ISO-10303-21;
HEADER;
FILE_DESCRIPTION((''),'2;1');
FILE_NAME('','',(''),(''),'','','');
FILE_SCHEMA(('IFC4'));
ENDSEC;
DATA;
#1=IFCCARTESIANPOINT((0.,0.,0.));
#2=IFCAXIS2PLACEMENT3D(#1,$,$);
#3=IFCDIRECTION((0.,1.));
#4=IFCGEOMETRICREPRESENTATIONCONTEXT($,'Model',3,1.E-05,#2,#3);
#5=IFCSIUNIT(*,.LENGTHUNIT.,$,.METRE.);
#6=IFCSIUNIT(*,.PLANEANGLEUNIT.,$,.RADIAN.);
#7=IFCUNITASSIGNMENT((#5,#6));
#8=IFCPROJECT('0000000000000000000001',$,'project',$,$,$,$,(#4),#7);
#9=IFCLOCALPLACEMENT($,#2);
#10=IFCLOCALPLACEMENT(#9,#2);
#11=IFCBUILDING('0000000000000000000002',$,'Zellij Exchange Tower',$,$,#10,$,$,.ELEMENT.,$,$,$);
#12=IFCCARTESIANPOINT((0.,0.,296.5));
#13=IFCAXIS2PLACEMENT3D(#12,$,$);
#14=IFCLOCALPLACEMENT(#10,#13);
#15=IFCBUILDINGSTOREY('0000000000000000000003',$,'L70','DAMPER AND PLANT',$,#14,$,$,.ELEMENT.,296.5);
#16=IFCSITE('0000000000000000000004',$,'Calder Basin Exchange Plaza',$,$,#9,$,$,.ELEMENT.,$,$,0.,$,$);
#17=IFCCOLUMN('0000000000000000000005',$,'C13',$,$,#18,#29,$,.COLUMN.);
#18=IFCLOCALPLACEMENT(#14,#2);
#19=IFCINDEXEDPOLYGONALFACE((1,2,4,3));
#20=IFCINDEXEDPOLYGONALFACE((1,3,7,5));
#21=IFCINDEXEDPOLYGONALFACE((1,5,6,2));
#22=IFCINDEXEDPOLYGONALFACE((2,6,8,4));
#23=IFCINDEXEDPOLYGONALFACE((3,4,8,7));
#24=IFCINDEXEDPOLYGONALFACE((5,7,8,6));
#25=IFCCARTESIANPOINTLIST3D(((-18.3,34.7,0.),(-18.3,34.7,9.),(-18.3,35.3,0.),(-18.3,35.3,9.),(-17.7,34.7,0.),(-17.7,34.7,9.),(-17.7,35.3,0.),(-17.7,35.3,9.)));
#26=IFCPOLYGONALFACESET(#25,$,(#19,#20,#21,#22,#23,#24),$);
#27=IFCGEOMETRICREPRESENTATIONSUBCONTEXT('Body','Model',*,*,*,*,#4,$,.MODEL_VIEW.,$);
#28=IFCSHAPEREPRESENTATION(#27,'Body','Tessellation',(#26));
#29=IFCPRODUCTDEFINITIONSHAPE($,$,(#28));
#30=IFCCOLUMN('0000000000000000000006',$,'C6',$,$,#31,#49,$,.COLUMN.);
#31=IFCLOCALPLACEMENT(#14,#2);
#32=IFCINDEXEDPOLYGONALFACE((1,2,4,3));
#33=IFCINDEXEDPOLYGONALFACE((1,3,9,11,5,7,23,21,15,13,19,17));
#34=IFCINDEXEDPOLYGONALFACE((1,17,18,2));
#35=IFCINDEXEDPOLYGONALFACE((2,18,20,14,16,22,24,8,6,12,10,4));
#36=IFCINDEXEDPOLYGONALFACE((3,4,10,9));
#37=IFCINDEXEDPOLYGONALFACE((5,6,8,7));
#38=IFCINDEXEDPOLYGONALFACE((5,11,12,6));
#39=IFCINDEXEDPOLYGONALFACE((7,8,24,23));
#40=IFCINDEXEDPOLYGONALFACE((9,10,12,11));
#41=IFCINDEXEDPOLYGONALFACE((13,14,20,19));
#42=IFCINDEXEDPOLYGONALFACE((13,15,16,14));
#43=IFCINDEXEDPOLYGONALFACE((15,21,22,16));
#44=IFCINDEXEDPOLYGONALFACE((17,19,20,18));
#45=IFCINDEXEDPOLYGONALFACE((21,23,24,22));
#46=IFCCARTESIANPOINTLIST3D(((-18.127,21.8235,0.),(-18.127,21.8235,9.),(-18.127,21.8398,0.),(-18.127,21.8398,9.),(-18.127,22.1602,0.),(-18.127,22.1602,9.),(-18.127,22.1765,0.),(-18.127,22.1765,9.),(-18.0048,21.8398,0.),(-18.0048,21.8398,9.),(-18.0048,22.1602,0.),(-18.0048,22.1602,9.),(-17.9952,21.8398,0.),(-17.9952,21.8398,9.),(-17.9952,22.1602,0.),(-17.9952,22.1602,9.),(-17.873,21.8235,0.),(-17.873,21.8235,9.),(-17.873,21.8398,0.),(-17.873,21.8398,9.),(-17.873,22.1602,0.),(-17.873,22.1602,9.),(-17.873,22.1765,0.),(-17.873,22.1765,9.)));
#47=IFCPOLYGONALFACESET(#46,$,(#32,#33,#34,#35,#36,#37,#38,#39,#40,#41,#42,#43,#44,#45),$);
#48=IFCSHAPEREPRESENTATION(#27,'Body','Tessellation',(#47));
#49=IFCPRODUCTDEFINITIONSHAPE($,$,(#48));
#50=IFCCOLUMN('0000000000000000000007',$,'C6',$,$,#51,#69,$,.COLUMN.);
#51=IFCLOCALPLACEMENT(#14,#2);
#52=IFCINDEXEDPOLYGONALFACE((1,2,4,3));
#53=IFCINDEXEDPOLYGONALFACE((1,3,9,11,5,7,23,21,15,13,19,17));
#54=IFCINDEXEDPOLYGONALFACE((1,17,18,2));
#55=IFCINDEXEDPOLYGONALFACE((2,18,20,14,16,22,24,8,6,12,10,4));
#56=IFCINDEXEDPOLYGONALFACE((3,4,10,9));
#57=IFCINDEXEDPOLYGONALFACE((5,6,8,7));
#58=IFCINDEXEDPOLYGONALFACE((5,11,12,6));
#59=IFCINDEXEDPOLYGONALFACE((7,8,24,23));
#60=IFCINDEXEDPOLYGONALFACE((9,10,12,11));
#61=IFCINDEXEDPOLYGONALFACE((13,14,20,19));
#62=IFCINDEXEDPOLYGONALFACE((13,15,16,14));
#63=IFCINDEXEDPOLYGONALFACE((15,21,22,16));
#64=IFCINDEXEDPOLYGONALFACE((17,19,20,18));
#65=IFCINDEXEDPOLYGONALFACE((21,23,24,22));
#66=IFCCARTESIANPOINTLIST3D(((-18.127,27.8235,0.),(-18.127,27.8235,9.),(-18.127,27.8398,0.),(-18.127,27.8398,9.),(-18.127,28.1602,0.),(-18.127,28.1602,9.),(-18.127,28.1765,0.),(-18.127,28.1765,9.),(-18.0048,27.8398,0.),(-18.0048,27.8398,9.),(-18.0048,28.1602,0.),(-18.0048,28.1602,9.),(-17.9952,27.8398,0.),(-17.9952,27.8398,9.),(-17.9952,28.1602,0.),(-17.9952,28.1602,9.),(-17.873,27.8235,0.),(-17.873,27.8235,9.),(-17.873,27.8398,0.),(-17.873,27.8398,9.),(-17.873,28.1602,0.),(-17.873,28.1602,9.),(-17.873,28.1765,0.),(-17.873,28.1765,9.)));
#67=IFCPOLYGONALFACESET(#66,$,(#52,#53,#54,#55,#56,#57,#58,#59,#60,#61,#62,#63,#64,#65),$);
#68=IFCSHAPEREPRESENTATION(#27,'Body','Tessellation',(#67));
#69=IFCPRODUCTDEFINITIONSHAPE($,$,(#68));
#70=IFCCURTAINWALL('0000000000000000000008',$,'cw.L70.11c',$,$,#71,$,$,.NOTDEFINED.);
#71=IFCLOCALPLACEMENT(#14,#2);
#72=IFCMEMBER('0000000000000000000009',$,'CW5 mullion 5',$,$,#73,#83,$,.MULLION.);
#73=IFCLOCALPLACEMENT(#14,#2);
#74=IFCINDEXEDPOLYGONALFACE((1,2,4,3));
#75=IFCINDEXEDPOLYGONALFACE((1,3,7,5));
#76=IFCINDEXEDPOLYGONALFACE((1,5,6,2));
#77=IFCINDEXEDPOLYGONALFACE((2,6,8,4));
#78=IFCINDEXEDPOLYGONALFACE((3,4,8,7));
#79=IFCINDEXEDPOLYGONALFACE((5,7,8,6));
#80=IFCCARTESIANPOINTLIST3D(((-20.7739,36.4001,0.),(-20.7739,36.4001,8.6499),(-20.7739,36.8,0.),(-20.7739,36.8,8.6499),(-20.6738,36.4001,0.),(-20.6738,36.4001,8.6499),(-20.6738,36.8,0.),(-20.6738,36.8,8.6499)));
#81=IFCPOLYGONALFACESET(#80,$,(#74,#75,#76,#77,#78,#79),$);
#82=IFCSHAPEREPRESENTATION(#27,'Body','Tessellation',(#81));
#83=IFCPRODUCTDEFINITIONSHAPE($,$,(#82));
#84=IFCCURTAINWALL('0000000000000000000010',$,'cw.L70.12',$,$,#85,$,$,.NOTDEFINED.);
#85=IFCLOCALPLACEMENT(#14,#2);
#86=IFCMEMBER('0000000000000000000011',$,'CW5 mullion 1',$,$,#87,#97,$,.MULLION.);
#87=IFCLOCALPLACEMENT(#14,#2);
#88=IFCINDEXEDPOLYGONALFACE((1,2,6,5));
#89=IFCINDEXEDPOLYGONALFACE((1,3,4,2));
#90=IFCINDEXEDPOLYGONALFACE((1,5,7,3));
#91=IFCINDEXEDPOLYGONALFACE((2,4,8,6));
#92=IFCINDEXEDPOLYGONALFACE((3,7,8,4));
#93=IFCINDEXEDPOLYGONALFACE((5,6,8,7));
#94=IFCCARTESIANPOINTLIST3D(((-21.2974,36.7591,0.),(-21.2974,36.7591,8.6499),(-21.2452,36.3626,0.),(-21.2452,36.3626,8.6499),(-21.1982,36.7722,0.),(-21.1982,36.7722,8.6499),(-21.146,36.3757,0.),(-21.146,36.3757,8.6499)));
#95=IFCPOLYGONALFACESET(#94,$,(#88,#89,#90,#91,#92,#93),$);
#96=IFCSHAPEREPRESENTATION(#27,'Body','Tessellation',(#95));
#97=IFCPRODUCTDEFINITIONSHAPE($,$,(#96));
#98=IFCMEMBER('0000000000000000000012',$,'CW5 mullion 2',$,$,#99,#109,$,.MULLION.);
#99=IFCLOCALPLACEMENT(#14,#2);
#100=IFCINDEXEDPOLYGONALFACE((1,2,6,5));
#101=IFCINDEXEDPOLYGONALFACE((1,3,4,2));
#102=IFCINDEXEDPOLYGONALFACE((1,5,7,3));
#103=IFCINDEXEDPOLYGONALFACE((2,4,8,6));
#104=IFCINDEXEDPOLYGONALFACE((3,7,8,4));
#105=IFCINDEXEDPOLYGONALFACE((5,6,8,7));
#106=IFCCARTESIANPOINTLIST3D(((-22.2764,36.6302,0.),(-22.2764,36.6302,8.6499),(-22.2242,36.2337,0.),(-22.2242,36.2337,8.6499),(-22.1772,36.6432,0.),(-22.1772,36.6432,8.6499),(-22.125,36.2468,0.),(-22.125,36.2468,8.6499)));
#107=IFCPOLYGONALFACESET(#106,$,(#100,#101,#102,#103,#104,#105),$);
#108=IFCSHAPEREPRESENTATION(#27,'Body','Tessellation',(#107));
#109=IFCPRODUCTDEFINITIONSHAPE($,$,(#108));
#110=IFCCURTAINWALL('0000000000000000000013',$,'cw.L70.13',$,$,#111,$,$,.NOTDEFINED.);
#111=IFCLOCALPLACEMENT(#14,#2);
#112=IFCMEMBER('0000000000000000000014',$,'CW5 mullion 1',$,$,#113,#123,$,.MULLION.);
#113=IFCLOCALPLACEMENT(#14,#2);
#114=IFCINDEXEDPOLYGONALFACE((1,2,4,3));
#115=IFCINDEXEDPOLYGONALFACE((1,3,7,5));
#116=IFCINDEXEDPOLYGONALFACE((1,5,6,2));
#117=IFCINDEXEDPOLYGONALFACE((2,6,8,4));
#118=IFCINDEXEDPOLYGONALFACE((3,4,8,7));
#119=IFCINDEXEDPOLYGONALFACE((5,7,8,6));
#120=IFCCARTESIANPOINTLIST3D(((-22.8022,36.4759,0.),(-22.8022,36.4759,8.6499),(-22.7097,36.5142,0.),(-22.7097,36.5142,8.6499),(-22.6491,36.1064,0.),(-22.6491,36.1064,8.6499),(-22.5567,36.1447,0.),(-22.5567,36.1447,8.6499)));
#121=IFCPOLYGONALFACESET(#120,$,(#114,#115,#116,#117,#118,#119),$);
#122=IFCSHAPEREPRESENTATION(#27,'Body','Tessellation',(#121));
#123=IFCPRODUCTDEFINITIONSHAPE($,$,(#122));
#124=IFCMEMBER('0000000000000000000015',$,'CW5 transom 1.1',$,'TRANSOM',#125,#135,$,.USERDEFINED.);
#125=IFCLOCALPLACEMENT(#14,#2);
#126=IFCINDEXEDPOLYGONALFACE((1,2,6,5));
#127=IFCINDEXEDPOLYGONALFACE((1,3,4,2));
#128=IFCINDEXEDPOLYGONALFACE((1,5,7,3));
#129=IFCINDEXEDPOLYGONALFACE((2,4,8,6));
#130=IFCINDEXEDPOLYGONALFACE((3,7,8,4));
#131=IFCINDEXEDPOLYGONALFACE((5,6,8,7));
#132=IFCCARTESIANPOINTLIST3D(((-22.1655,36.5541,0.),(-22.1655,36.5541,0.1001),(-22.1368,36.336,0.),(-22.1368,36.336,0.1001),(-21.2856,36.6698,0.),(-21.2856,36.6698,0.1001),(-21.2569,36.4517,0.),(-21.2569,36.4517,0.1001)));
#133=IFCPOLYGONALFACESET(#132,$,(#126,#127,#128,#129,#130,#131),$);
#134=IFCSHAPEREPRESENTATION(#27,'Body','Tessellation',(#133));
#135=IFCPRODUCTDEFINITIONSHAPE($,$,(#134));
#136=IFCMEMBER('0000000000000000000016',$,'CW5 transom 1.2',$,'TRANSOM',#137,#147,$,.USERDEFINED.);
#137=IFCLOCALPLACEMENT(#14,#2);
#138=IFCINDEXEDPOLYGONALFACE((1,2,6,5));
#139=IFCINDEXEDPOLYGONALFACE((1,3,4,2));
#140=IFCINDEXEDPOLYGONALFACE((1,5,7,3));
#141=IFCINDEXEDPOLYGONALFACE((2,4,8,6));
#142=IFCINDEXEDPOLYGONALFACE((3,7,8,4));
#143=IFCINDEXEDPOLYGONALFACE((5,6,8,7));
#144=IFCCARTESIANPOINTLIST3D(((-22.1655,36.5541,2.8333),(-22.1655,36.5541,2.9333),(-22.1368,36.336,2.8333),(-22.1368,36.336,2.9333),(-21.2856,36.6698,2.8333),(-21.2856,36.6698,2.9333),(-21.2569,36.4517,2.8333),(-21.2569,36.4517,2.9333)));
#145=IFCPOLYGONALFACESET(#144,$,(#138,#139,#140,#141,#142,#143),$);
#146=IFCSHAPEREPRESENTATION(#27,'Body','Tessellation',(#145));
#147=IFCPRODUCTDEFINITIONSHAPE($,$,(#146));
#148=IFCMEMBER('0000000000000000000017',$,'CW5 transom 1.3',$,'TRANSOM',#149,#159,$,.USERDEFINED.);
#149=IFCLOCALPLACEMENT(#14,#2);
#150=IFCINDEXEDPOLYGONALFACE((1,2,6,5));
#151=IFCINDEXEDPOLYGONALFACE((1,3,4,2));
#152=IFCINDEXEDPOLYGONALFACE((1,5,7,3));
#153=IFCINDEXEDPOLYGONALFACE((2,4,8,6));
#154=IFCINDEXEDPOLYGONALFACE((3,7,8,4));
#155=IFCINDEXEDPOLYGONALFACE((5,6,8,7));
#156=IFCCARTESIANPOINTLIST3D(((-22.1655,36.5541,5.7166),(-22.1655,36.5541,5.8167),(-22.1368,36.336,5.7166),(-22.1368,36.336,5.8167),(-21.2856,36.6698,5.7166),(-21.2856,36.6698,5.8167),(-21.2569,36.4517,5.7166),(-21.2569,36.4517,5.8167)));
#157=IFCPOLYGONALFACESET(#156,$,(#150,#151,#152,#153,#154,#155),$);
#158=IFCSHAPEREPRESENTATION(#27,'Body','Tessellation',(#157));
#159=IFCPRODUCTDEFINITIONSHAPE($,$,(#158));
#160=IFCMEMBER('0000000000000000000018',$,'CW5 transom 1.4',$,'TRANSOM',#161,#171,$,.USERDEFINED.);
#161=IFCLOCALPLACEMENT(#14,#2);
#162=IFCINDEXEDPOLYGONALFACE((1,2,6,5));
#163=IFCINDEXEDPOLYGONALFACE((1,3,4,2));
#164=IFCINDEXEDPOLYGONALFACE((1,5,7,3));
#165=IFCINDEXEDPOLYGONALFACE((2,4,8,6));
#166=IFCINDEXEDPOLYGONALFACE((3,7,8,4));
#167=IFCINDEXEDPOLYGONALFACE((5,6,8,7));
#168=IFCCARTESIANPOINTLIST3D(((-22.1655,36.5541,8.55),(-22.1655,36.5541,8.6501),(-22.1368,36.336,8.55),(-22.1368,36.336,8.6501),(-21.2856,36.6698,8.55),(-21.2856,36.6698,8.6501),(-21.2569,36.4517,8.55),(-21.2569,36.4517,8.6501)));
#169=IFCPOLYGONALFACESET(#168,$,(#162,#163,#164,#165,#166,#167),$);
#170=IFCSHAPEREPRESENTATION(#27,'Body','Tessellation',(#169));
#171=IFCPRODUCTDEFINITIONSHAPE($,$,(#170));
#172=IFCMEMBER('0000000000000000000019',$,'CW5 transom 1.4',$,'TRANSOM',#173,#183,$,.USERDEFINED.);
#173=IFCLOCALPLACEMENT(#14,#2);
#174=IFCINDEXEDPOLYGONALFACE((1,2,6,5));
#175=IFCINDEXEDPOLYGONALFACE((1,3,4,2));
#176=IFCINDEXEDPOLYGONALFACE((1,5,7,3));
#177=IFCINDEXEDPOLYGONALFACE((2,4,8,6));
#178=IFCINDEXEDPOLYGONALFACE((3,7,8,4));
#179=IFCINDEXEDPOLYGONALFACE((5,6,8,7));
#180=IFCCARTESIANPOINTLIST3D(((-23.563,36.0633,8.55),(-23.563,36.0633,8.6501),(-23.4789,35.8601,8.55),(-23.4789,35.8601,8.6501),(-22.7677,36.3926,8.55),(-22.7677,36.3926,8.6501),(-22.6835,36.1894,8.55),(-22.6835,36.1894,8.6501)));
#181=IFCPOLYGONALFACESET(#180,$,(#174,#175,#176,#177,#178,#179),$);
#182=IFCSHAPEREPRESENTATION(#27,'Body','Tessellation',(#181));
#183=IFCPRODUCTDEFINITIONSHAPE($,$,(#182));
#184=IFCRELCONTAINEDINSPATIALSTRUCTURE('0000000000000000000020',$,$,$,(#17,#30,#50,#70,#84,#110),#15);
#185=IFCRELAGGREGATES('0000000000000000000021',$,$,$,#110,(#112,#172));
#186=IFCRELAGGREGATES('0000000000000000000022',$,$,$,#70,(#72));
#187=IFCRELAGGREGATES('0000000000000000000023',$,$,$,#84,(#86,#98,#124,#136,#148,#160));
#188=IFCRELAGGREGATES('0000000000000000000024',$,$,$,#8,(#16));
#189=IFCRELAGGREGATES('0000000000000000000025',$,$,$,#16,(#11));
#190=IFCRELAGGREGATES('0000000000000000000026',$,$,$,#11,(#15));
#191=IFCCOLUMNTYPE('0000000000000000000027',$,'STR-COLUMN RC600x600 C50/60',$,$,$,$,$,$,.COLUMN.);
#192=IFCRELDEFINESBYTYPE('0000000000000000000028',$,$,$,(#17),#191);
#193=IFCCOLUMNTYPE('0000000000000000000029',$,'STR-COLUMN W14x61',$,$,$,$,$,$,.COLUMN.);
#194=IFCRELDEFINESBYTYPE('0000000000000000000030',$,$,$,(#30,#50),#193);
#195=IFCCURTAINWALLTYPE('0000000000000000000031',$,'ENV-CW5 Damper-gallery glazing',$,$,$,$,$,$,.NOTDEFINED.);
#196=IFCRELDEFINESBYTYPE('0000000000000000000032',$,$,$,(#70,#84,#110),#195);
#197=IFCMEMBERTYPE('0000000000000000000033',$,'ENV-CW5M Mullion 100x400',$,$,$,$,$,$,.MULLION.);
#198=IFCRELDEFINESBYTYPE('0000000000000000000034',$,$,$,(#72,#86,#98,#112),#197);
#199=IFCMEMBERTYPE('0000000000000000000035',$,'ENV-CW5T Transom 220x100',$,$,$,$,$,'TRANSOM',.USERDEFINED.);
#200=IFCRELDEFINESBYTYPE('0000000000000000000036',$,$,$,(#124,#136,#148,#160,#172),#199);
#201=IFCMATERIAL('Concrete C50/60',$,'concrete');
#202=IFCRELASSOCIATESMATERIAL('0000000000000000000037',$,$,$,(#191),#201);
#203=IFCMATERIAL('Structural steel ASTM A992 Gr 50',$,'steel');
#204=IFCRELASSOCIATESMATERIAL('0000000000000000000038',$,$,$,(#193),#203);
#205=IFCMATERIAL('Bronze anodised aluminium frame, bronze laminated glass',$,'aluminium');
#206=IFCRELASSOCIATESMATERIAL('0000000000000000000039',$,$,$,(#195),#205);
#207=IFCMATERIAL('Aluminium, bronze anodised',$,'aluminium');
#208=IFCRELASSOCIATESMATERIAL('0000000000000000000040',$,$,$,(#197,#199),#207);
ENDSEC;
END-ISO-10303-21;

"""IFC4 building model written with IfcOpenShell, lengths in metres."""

from ifc_helpers import new_model, si_unit, direction, frame, origin, origin_2d, place, context, subcontext, project, spatial, rectangle, i_section, extrude, material, material_profile, profile_set, type_object, element, aggregate, save


model = new_model("IFC4")

# Units and contexts
model_context = context("Model", 3, precision=1e-05, world=origin(), true_north=direction((0.0, 1.0)))
body_context = subcontext(model_context, "Body", "Model", "MODEL_VIEW")
ifc_project = project(units=[si_unit("LENGTHUNIT", "METRE"), si_unit("PLANEANGLEUNIT", "RADIAN")], contexts=[model_context])

# Site, building, storey
site_placement = place(None, origin())
site = spatial("IfcSite", under=ifc_project, at=site_placement, Name="Calder Basin Exchange Plaza", CompositionType="ELEMENT", RefElevation=0.0)
building_placement = place(site_placement, origin())
building = spatial("IfcBuilding", under=site, at=building_placement, Name="Zellij Exchange Tower", CompositionType="ELEMENT")
storey_placement = place(building_placement, frame((0.0, 0.0, 296.5)))
storey = spatial("IfcBuildingStorey", under=building, at=storey_placement, Name="L70", Description="DAMPER AND PLANT", CompositionType="ELEMENT", Elevation=296.5)

# Columns
ifc_material_1 = material(Name="Concrete C50/60", Category="concrete")
ifc_material_profile_1 = material_profile(ifc_material_1, rectangle(XDim=0.6001, YDim=0.6001, at=origin_2d()), Name="STR-COLUMN RC600x600 C50/60")
ifc_profile_set_1 = profile_set([ifc_material_profile_1], Name="Concrete C50/60")
column_type_1 = type_object("IfcColumnType", Name="STR-COLUMN RC600x600 C50/60", PredefinedType="COLUMN", material=ifc_profile_set_1)
column_placement = place(storey_placement, frame((-18.0, 35.0, 0.0), z_axis=(0.0, 0.0, 1.0), x_axis=(1.0, 0.0, 0.0)))
element("IfcColumn", 1, at=column_placement, inside=storey, type_object=column_type_1, Name="C13", PredefinedType="COLUMN", context=body_context, shape_type="SweptSolid", body=[
    extrude(rectangle(XDim=0.6001, YDim=0.6001, at=origin_2d()), origin(), (0.0, 0.0, 1.0), 9.0),
])
ifc_material_2 = material(Name="Structural steel ASTM A992 Gr 50", Category="steel")
ifc_material_profile_2 = material_profile(ifc_material_2, i_section(OverallWidth=0.2539, OverallDepth=0.353, WebThickness=0.0095, FlangeThickness=0.0164, at=origin_2d()), Name="W14x61")
ifc_profile_set_2 = profile_set([ifc_material_profile_2], Name="Structural steel ASTM A992 Gr 50")
column_type_2 = type_object("IfcColumnType", Name="STR-COLUMN W14x61", PredefinedType="COLUMN", material=ifc_profile_set_2)
for number, where, z_axis, x_axis, name in (
    (2, (-18.0, 22.0, 0.0), (0.0, 0.0, 1.0), (1.0, 0.0, 0.0), "C6"),
    (3, (-18.0, 28.0, 0.0), (0.0, 0.0, 1.0), (1.0, 0.0, 0.0), "C6"),
):
    element("IfcColumn", number, at=place(storey_placement, frame(where, z_axis=z_axis, x_axis=x_axis)), inside=storey, type_object=column_type_2, Name=name, PredefinedType="COLUMN", context=body_context, shape_type="SweptSolid", body=[
        extrude(i_section(OverallWidth=0.2539, OverallDepth=0.353, WebThickness=0.0095, FlangeThickness=0.0164, at=origin_2d()), origin(), (0.0, 0.0, 1.0), 9.0),
    ])

# Curtain wall, member
ifc_material_3 = material(Name="Bronze anodised aluminium frame, bronze laminated glass", Category="aluminium")
curtain_wall_type = type_object("IfcCurtainWallType", Name="ENV-CW5 Damper-gallery glazing", PredefinedType="NOTDEFINED", material=ifc_material_3)
curtain_wall_1_placement = place(storey_placement, origin())
curtain_wall_1 = element("IfcCurtainWall", 4, at=curtain_wall_1_placement, inside=storey, type_object=curtain_wall_type, Name="cw.L70.11c", PredefinedType="NOTDEFINED")
ifc_material_4 = material(Name="Aluminium, bronze anodised", Category="aluminium")
ifc_material_profile_3 = material_profile(ifc_material_4, rectangle(XDim=0.1001, YDim=0.3999, at=origin_2d()), Name="AL 100x400")
ifc_profile_set_3 = profile_set([ifc_material_profile_3], Name="Aluminium, bronze anodised")
member_type_1 = type_object("IfcMemberType", Name="ENV-CW5M Mullion 100x400", PredefinedType="MULLION", material=ifc_profile_set_3)
member_1_placement = place(storey_placement, frame((-20.7239, 36.6001, 0.0), z_axis=(0.0, 0.0, 1.0), x_axis=(-1.0, 0.0, 0.0)))
member_1 = element("IfcMember", 5, at=member_1_placement, type_object=member_type_1, Name="CW5 mullion 5", PredefinedType="MULLION", context=body_context, shape_type="SweptSolid", body=[
    extrude(rectangle(XDim=0.1001, YDim=0.3999, at=origin_2d()), origin(), (0.0, 0.0, 1.0), 8.6499),
])

# Curtain wall, members
curtain_wall_2_placement = place(storey_placement, origin())
curtain_wall_2 = element("IfcCurtainWall", 6, at=curtain_wall_2_placement, inside=storey, type_object=curtain_wall_type, Name="cw.L70.12", PredefinedType="NOTDEFINED")
member_2_placement = place(storey_placement, frame((-21.2217, 36.5674, 0.0), z_axis=(0.0, 0.0, 1.0), x_axis=(-0.991449, -0.130495, 0.0)))
member_2 = element("IfcMember", 7, at=member_2_placement, type_object=member_type_1, Name="CW5 mullion 1", PredefinedType="MULLION", context=body_context, shape_type="SweptSolid", body=[
    extrude(rectangle(XDim=0.1001, YDim=0.3999, at=origin_2d()), origin(), (0.0, 0.0, 1.0), 8.6499),
])
member_3_placement = place(storey_placement, frame((-22.2007, 36.4385, 0.0), z_axis=(0.0, 0.0, 1.0), x_axis=(-0.991449, -0.130495, 0.0)))
member_3 = element("IfcMember", 8, at=member_3_placement, type_object=member_type_1, Name="CW5 mullion 2", PredefinedType="MULLION", context=body_context, shape_type="SweptSolid", body=[
    extrude(rectangle(XDim=0.1001, YDim=0.3999, at=origin_2d()), origin(), (0.0, 0.0, 1.0), 8.6499),
])

# Curtain wall, member
curtain_wall_3_placement = place(storey_placement, origin())
curtain_wall_3 = element("IfcCurtainWall", 9, at=curtain_wall_3_placement, inside=storey, type_object=curtain_wall_type, Name="cw.L70.13", PredefinedType="NOTDEFINED")
member_4_placement = place(storey_placement, frame((-22.6794, 36.3103, 0.0), z_axis=(0.0, 0.0, 1.0), x_axis=(-0.92385, -0.382754, 0.0)))
member_4 = element("IfcMember", 10, at=member_4_placement, type_object=member_type_1, Name="CW5 mullion 1", PredefinedType="MULLION", context=body_context, shape_type="SweptSolid", body=[
    extrude(rectangle(XDim=0.1001, YDim=0.3999, at=origin_2d()), origin(), (0.0, 0.0, 1.0), 8.6499),
])

# Members
ifc_material_profile_4 = material_profile(ifc_material_4, rectangle(XDim=0.22, YDim=0.1001, at=origin_2d()), Name="AL 220x100")
ifc_profile_set_4 = profile_set([ifc_material_profile_4], Name="Aluminium, bronze anodised")
member_type_2 = type_object("IfcMemberType", Name="ENV-CW5T Transom 220x100", ElementType="TRANSOM", PredefinedType="USERDEFINED", material=ifc_profile_set_4)
member_5_placement = place(storey_placement, frame((-21.2712, 36.5608, 0.05), z_axis=(-0.991462, -0.130398, 0.0), x_axis=(0.130398, -0.991462, 0.0)))
member_5 = element("IfcMember", 11, at=member_5_placement, type_object=member_type_2, Name="CW5 transom 1.1", ObjectType="TRANSOM", PredefinedType="USERDEFINED", context=body_context, shape_type="SweptSolid", body=[
    extrude(rectangle(XDim=0.22, YDim=0.1001, at=origin_2d()), origin(), (0.0, 0.0, 1.0), 0.8875),
])
member_6_placement = place(storey_placement, frame((-21.2712, 36.5608, 2.8833), z_axis=(-0.991462, -0.130398, 0.0), x_axis=(0.130398, -0.991462, 0.0)))
member_6 = element("IfcMember", 12, at=member_6_placement, type_object=member_type_2, Name="CW5 transom 1.2", ObjectType="TRANSOM", PredefinedType="USERDEFINED", context=body_context, shape_type="SweptSolid", body=[
    extrude(rectangle(XDim=0.22, YDim=0.1001, at=origin_2d()), origin(), (0.0, 0.0, 1.0), 0.8875),
])
member_7_placement = place(storey_placement, frame((-21.2712, 36.5608, 5.7666), z_axis=(-0.991462, -0.130398, 0.0), x_axis=(0.130398, -0.991462, 0.0)))
member_7 = element("IfcMember", 13, at=member_7_placement, type_object=member_type_2, Name="CW5 transom 1.3", ObjectType="TRANSOM", PredefinedType="USERDEFINED", context=body_context, shape_type="SweptSolid", body=[
    extrude(rectangle(XDim=0.22, YDim=0.1001, at=origin_2d()), origin(), (0.0, 0.0, 1.0), 0.8875),
])
member_8_placement = place(storey_placement, frame((-21.2712, 36.5608, 8.6001), z_axis=(-0.991462, -0.130398, 0.0), x_axis=(0.130398, -0.991462, 0.0)))
member_8 = element("IfcMember", 14, at=member_8_placement, type_object=member_type_2, Name="CW5 transom 1.4", ObjectType="TRANSOM", PredefinedType="USERDEFINED", context=body_context, shape_type="SweptSolid", body=[
    extrude(rectangle(XDim=0.22, YDim=0.1001, at=origin_2d()), origin(), (0.0, 0.0, 1.0), 0.8875),
])
member_9_placement = place(storey_placement, frame((-22.7256, 36.291, 8.6001), z_axis=(-0.92393, -0.382561, 0.0), x_axis=(0.382561, -0.92393, 0.0)))
member_9 = element("IfcMember", 15, at=member_9_placement, type_object=member_type_2, Name="CW5 transom 1.4", ObjectType="TRANSOM", PredefinedType="USERDEFINED", context=body_context, shape_type="SweptSolid", body=[
    extrude(rectangle(XDim=0.22, YDim=0.1001, at=origin_2d()), origin(), (0.0, 0.0, 1.0), 0.8608),
])
aggregate(curtain_wall_3, [member_4, member_9])

aggregate(curtain_wall_1, [member_1])
aggregate(curtain_wall_2, [member_2, member_3, member_5, member_6, member_7, member_8])

save(model, "model.ifc")
